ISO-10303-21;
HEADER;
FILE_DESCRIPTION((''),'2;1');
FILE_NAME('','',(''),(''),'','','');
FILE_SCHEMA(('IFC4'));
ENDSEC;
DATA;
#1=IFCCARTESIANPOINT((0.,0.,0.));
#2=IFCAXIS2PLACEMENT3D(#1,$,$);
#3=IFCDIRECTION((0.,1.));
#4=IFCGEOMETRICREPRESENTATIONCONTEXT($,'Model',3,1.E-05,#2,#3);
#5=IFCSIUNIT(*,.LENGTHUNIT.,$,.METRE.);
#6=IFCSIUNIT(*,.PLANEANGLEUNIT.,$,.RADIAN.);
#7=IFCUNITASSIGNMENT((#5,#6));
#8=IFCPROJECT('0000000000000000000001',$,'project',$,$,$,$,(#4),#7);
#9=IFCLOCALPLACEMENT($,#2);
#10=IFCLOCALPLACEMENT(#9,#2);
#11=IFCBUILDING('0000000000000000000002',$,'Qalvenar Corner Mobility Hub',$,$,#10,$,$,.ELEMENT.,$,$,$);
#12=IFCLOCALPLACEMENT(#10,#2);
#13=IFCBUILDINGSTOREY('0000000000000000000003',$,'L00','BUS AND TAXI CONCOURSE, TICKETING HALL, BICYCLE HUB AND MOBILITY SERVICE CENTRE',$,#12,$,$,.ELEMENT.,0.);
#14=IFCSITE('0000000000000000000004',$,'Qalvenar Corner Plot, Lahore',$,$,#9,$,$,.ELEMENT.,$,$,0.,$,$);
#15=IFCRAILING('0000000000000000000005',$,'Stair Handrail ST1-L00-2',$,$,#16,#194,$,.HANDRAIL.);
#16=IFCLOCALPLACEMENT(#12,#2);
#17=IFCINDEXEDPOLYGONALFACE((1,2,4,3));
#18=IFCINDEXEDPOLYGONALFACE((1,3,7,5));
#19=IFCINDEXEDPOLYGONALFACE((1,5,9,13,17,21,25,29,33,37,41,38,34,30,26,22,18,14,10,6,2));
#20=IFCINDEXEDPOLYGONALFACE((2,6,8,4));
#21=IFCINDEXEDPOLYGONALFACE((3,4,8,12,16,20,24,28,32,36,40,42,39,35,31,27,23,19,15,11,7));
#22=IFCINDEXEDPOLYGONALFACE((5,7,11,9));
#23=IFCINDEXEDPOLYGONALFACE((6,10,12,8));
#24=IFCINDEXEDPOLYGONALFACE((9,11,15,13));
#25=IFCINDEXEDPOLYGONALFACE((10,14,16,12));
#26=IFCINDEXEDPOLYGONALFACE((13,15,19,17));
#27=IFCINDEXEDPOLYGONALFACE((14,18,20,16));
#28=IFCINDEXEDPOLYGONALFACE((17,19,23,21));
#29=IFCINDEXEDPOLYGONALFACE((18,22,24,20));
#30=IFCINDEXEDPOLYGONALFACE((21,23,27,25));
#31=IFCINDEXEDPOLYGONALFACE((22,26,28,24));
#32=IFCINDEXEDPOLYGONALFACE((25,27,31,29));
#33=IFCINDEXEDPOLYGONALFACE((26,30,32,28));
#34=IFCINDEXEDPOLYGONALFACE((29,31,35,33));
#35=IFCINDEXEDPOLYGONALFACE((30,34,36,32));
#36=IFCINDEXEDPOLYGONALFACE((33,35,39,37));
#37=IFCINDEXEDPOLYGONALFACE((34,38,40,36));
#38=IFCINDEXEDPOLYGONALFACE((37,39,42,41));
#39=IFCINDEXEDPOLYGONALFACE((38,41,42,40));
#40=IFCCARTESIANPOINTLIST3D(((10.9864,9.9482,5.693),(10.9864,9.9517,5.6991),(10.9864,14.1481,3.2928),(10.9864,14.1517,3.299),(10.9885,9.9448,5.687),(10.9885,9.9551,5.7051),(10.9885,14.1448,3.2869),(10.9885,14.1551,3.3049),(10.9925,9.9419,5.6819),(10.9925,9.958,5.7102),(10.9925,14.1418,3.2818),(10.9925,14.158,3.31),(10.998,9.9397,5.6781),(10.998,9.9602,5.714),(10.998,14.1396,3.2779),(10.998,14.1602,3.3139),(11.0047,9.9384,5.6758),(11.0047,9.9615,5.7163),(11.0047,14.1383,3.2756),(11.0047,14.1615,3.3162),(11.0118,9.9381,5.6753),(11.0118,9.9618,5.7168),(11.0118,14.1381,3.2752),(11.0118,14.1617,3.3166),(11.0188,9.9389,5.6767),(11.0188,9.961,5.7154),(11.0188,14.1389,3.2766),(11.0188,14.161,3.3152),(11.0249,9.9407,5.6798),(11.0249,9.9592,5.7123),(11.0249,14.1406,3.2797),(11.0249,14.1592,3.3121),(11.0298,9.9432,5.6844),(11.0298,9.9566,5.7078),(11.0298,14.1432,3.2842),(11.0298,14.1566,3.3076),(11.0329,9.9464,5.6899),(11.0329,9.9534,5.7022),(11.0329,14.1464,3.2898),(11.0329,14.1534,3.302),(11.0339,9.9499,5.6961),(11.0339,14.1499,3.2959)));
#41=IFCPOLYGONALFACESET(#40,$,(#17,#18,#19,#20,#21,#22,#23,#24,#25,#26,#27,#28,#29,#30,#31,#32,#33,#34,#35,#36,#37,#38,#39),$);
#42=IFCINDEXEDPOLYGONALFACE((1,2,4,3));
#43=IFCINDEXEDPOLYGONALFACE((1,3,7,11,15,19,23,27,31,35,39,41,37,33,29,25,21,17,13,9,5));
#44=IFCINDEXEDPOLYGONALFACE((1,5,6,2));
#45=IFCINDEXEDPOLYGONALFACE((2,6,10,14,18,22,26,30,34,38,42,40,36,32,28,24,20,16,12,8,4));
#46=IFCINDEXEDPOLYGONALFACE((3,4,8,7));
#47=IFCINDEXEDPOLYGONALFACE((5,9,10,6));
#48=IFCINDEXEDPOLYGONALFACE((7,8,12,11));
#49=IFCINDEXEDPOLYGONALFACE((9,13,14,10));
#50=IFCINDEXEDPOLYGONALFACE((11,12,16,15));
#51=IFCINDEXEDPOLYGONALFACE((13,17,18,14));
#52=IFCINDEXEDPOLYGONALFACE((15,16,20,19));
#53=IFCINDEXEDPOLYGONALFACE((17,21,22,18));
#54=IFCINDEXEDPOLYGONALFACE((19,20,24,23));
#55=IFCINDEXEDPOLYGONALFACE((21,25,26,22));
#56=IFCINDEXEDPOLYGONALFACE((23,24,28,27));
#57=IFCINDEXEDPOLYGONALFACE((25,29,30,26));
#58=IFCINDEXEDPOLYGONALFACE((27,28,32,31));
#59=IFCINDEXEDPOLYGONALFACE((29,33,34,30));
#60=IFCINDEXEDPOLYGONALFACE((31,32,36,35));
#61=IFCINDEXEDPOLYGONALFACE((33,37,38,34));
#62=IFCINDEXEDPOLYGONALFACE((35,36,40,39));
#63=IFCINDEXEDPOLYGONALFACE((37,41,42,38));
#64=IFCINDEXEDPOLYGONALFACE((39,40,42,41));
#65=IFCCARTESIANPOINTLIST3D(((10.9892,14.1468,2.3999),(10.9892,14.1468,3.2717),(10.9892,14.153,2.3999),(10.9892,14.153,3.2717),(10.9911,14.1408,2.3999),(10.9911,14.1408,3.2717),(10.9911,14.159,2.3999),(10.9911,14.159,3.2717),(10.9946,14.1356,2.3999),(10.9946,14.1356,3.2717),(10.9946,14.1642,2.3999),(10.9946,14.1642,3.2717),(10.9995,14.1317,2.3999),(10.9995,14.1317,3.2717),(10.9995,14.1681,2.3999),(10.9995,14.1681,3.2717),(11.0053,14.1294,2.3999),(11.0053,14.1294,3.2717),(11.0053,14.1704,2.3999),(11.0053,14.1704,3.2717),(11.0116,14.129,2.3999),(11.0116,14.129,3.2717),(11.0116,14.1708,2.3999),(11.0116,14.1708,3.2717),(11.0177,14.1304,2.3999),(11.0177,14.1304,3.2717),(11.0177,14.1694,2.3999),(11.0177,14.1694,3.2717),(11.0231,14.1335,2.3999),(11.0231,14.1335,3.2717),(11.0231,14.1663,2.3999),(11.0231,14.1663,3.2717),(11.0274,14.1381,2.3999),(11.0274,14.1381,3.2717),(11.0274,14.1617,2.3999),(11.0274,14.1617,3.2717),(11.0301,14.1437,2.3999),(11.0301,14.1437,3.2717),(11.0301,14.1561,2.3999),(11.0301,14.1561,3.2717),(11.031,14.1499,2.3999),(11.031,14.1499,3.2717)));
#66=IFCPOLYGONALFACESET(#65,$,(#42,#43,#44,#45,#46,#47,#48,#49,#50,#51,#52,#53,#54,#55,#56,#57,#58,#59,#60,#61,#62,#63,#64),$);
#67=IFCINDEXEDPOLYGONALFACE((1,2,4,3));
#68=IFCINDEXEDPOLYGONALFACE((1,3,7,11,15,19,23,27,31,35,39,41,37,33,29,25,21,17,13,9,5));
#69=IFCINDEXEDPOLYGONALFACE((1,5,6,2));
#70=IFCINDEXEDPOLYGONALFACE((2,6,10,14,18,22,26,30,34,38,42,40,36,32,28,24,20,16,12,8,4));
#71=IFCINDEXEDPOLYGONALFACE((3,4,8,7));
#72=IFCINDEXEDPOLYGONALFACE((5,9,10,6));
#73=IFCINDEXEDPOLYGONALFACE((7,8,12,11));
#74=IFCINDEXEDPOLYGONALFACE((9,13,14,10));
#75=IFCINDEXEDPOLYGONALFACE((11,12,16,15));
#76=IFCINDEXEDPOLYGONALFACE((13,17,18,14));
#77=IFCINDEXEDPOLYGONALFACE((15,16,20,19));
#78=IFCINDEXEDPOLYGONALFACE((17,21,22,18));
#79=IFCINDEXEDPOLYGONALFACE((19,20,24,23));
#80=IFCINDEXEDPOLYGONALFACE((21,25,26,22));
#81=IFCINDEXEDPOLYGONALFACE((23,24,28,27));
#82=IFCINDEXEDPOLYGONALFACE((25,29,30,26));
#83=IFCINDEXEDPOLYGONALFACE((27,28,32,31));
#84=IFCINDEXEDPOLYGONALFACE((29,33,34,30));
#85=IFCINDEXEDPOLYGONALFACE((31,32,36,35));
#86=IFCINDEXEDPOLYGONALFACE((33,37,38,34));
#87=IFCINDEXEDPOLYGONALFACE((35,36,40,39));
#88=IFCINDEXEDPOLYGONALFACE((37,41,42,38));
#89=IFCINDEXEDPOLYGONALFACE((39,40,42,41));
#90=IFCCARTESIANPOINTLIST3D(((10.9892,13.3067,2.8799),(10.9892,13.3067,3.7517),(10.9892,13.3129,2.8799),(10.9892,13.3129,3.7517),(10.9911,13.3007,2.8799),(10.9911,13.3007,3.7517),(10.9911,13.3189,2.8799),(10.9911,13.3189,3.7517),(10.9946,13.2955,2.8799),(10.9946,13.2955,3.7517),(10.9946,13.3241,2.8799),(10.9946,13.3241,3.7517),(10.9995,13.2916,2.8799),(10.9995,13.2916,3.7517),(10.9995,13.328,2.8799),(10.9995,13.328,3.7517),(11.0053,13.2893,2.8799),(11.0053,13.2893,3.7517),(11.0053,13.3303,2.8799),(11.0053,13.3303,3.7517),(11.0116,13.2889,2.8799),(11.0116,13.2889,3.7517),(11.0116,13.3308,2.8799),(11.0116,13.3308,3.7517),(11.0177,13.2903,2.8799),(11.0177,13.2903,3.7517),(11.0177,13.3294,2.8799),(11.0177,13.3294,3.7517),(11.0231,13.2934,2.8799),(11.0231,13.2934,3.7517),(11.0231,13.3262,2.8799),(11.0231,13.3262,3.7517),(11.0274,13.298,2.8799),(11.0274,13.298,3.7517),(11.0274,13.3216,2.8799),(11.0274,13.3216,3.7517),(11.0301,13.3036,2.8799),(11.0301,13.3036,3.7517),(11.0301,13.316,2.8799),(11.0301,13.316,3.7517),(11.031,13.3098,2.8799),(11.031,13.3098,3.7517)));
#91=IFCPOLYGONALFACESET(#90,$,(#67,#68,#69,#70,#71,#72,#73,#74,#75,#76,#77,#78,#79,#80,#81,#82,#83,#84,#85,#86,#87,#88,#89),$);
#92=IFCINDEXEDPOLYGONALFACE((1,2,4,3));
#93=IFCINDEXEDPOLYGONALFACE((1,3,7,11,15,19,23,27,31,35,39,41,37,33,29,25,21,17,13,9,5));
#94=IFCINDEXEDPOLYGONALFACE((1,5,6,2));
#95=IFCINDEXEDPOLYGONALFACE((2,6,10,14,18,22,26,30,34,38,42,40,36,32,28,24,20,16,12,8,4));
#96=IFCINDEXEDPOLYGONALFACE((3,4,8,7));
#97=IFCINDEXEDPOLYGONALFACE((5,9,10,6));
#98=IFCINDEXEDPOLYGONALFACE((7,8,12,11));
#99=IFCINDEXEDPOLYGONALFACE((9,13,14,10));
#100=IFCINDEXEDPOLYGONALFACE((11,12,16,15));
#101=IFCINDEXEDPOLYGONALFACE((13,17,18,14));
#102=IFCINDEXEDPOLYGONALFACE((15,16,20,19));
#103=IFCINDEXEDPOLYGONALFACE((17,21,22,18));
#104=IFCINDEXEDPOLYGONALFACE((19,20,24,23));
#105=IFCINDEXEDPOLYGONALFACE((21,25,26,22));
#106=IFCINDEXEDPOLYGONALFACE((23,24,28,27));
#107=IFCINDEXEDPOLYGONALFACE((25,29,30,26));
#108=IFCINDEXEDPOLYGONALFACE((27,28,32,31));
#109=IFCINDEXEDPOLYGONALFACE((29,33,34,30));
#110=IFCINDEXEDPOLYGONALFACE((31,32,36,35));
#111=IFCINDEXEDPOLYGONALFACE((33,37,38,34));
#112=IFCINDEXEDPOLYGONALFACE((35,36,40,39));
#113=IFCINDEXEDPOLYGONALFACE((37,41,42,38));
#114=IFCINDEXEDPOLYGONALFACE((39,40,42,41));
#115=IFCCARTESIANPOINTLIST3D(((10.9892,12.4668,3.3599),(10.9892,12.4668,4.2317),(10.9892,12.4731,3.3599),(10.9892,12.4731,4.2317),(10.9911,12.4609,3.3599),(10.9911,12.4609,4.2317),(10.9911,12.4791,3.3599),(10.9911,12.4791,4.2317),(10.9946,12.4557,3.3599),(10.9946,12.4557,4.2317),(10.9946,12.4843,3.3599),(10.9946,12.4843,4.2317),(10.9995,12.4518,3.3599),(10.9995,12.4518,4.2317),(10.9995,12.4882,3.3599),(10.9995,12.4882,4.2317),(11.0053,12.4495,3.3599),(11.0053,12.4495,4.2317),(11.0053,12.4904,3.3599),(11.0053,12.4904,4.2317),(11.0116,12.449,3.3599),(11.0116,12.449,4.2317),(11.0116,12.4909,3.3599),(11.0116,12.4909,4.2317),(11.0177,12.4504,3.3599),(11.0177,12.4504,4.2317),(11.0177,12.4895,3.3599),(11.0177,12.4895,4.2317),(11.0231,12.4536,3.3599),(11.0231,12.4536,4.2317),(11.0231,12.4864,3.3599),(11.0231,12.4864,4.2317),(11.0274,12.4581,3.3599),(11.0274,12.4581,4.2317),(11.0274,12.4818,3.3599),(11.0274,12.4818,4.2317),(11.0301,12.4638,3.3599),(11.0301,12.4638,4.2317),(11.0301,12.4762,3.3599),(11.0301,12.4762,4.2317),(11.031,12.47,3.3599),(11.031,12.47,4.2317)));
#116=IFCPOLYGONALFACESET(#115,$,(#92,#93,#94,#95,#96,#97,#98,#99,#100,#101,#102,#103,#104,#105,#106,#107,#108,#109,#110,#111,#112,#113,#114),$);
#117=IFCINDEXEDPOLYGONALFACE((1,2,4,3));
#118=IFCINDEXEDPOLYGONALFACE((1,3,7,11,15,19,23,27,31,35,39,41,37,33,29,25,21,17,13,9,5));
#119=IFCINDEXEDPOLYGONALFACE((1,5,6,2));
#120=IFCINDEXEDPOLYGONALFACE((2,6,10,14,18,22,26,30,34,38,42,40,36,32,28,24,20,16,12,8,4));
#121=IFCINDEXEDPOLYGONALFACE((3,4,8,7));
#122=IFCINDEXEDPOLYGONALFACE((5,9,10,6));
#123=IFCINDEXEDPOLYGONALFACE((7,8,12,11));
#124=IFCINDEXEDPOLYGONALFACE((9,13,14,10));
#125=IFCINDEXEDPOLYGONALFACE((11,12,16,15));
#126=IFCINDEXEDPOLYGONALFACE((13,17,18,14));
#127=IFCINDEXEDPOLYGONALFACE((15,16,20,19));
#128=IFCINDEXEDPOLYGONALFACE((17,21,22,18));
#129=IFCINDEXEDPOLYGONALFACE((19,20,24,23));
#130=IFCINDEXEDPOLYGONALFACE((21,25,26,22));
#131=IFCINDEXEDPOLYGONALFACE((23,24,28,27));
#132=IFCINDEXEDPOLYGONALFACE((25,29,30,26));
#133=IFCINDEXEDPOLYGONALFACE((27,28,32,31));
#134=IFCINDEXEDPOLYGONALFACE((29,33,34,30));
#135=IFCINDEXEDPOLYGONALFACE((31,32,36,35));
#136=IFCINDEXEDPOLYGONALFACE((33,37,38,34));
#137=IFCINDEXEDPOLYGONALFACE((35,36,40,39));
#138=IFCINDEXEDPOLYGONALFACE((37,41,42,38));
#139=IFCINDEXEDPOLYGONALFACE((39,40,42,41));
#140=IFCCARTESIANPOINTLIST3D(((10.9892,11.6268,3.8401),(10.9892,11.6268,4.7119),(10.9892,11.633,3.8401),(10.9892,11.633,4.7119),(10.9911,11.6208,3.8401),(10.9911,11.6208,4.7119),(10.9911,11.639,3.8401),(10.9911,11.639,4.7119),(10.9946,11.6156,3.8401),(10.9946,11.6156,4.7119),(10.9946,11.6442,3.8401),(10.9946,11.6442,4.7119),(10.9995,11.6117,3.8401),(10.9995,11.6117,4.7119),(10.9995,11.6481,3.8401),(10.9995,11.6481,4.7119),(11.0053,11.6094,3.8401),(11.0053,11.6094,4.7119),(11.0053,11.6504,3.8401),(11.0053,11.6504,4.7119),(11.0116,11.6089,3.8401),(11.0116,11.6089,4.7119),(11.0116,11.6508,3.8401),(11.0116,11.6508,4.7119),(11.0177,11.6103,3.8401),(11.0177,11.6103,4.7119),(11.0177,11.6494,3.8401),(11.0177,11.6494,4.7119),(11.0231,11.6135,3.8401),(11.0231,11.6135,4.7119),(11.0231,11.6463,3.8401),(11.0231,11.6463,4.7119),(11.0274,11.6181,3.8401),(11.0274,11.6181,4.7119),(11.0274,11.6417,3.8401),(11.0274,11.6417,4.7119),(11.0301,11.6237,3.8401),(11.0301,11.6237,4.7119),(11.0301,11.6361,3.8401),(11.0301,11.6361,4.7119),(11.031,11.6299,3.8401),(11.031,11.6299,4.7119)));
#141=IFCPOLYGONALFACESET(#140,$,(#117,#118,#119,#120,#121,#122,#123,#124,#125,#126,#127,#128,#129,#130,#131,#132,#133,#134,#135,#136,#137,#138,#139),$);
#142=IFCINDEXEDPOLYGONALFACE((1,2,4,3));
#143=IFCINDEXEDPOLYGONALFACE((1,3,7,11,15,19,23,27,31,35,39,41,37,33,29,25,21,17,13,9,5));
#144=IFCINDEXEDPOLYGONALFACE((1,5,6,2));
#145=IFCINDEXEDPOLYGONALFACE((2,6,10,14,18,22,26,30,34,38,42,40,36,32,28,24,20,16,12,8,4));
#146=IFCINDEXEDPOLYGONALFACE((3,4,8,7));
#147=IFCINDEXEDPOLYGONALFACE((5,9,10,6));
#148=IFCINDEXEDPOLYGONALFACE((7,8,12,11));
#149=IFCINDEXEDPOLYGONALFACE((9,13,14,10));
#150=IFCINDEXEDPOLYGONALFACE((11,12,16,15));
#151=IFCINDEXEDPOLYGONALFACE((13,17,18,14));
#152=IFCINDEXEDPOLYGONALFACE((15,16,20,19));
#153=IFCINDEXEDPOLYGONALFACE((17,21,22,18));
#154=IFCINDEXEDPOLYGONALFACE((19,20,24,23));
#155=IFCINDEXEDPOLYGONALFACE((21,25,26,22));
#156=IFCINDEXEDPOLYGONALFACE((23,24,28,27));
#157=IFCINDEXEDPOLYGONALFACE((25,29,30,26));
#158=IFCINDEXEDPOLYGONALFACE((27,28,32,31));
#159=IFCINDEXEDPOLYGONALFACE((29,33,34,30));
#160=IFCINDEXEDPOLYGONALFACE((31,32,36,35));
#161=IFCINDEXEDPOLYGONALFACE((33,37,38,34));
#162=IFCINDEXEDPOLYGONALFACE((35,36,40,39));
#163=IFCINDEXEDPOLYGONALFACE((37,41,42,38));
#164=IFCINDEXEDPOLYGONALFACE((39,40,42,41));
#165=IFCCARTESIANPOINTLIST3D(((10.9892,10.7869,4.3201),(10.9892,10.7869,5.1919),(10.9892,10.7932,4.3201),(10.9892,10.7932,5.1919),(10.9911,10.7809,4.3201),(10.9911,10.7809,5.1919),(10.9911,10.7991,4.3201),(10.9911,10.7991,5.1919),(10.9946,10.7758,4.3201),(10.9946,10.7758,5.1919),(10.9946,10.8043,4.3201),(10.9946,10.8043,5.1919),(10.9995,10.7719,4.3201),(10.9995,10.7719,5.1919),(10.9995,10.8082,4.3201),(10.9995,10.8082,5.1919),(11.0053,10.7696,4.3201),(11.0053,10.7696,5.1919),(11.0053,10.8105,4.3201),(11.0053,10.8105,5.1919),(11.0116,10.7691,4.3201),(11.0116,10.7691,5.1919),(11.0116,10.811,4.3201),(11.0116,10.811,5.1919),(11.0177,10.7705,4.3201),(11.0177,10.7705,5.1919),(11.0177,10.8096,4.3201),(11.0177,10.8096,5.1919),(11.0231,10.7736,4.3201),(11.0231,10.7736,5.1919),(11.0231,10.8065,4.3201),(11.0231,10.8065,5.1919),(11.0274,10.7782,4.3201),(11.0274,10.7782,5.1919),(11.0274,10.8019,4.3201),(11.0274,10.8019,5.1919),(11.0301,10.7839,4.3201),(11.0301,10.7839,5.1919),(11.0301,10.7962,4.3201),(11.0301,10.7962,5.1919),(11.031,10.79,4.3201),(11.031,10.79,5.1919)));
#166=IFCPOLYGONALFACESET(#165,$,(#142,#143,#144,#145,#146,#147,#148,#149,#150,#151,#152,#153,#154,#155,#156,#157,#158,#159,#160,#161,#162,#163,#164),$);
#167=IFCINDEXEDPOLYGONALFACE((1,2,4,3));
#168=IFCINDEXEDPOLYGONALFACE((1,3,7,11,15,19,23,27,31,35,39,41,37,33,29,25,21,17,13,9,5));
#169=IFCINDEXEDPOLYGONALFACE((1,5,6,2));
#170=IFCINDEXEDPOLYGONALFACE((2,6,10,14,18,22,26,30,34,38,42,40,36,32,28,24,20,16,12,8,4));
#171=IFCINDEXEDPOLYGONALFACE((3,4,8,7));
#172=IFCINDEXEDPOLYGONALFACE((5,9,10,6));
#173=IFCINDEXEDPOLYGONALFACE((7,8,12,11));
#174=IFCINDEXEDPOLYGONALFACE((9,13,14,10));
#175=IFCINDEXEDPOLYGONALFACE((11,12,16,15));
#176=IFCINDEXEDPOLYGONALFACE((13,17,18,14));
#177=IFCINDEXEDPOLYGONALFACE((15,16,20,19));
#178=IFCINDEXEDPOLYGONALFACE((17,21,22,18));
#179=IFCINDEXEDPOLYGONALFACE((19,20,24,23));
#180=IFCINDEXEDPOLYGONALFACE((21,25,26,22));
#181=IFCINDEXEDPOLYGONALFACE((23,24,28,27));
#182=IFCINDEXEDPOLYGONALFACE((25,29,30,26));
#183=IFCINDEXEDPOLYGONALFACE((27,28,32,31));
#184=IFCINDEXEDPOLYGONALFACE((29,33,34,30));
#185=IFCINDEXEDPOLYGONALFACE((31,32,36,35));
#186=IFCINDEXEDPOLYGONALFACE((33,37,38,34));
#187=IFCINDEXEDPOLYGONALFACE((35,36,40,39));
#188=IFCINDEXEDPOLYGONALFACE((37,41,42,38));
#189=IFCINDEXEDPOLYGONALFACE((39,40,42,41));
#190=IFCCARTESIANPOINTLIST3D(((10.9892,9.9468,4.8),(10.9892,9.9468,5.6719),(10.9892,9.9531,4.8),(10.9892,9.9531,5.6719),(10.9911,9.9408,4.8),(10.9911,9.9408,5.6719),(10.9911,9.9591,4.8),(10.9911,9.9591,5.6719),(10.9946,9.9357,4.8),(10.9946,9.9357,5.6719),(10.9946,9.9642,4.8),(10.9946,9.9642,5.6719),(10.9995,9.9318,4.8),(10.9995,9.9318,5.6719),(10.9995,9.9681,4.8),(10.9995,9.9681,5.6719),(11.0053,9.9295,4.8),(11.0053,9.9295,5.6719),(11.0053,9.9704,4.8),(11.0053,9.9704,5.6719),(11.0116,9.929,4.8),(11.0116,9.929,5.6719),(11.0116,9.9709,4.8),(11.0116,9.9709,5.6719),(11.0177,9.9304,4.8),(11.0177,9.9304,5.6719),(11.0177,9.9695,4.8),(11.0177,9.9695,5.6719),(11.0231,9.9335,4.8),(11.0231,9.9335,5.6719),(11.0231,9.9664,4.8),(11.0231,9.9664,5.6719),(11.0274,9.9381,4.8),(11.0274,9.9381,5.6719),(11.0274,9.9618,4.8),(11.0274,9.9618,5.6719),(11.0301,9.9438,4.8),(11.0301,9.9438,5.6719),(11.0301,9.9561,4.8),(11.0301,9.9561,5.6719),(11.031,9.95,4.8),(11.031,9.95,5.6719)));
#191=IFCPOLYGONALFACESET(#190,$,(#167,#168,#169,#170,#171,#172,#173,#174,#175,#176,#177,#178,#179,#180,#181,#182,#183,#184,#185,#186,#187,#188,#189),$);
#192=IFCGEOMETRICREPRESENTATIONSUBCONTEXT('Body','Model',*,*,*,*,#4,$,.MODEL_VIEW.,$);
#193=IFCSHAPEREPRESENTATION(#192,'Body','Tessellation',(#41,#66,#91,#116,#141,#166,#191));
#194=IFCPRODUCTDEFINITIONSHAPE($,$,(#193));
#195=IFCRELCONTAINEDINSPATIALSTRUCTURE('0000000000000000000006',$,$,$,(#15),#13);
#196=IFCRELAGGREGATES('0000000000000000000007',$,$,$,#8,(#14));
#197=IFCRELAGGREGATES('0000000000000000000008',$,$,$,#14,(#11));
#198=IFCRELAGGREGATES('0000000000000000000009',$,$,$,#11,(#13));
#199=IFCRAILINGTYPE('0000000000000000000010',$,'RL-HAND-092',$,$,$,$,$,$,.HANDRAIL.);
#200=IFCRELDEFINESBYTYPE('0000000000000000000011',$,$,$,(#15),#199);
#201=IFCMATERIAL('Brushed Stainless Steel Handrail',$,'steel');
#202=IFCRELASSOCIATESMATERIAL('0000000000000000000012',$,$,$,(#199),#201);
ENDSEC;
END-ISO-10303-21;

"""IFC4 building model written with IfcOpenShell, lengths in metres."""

from ifc_helpers import new_model, si_unit, direction, frame, origin, origin_2d, place, context, subcontext, project, spatial, circle, extrude, material, type_object, element, save


model = new_model("IFC4")

# Units and contexts
model_context = context("Model", 3, precision=1e-05, world=origin(), true_north=direction((0.0, 1.0)))
body_context = subcontext(model_context, "Body", "Model", "MODEL_VIEW")
ifc_project = project(units=[si_unit("LENGTHUNIT", "METRE"), si_unit("PLANEANGLEUNIT", "RADIAN")], contexts=[model_context])

# Site, building, storey
site_placement = place(None, origin())
site = spatial("IfcSite", under=ifc_project, at=site_placement, Name="Qalvenar Corner Plot, Lahore", CompositionType="ELEMENT", RefElevation=0.0)
building_placement = place(site_placement, origin())
building = spatial("IfcBuilding", under=site, at=building_placement, Name="Qalvenar Corner Mobility Hub", CompositionType="ELEMENT")
storey_placement = place(building_placement, origin())
storey = spatial("IfcBuildingStorey", under=building, at=storey_placement, Name="L00", Description="BUS AND TAXI CONCOURSE, TICKETING HALL, BICYCLE HUB AND MOBILITY SERVICE CENTRE", CompositionType="ELEMENT", Elevation=0.0)

# Railing
ifc_material_1 = material(Name="Brushed Stainless Steel Handrail", Category="steel")
railing_type_1 = type_object("IfcRailingType", Name="RL-HAND-092", PredefinedType="HANDRAIL", material=ifc_material_1)
railing_1_placement = place(storey_placement, frame((11.01, 14.1499, 2.3999)))
element("IfcRailing", 1, at=railing_1_placement, inside=storey, type_object=railing_type_1, Name="Stair Handrail ST1-L00-2", PredefinedType="HANDRAIL", context=body_context, shape_type="SweptSolid", body=[
    extrude(circle(Radius=0.0239, at=origin_2d()), frame((0.0, 0.0, 0.896), z_axis=(0.0, -0.868228, 0.496166), x_axis=(1.0, 0.0, 0.0)), (0.0, 0.0, 1.0), 4.8374),
    extrude(circle(Radius=0.021, at=origin_2d()), origin(), (0.0, 0.0, 1.0), 0.8718),
    extrude(circle(Radius=0.021, at=origin_2d()), frame((0.0, -0.8401, 0.48)), (0.0, 0.0, 1.0), 0.8718),
    extrude(circle(Radius=0.021, at=origin_2d()), frame((0.0, -1.6799, 0.96)), (0.0, 0.0, 1.0), 0.8718),
    extrude(circle(Radius=0.021, at=origin_2d()), frame((0.0, -2.52, 1.4402)), (0.0, 0.0, 1.0), 0.8718),
    extrude(circle(Radius=0.021, at=origin_2d()), frame((0.0, -3.3599, 1.9202)), (0.0, 0.0, 1.0), 0.8718),
    extrude(circle(Radius=0.021, at=origin_2d()), frame((0.0, -4.2, 2.4001)), (0.0, 0.0, 1.0), 0.8718),
])

save(model, "model.ifc")
